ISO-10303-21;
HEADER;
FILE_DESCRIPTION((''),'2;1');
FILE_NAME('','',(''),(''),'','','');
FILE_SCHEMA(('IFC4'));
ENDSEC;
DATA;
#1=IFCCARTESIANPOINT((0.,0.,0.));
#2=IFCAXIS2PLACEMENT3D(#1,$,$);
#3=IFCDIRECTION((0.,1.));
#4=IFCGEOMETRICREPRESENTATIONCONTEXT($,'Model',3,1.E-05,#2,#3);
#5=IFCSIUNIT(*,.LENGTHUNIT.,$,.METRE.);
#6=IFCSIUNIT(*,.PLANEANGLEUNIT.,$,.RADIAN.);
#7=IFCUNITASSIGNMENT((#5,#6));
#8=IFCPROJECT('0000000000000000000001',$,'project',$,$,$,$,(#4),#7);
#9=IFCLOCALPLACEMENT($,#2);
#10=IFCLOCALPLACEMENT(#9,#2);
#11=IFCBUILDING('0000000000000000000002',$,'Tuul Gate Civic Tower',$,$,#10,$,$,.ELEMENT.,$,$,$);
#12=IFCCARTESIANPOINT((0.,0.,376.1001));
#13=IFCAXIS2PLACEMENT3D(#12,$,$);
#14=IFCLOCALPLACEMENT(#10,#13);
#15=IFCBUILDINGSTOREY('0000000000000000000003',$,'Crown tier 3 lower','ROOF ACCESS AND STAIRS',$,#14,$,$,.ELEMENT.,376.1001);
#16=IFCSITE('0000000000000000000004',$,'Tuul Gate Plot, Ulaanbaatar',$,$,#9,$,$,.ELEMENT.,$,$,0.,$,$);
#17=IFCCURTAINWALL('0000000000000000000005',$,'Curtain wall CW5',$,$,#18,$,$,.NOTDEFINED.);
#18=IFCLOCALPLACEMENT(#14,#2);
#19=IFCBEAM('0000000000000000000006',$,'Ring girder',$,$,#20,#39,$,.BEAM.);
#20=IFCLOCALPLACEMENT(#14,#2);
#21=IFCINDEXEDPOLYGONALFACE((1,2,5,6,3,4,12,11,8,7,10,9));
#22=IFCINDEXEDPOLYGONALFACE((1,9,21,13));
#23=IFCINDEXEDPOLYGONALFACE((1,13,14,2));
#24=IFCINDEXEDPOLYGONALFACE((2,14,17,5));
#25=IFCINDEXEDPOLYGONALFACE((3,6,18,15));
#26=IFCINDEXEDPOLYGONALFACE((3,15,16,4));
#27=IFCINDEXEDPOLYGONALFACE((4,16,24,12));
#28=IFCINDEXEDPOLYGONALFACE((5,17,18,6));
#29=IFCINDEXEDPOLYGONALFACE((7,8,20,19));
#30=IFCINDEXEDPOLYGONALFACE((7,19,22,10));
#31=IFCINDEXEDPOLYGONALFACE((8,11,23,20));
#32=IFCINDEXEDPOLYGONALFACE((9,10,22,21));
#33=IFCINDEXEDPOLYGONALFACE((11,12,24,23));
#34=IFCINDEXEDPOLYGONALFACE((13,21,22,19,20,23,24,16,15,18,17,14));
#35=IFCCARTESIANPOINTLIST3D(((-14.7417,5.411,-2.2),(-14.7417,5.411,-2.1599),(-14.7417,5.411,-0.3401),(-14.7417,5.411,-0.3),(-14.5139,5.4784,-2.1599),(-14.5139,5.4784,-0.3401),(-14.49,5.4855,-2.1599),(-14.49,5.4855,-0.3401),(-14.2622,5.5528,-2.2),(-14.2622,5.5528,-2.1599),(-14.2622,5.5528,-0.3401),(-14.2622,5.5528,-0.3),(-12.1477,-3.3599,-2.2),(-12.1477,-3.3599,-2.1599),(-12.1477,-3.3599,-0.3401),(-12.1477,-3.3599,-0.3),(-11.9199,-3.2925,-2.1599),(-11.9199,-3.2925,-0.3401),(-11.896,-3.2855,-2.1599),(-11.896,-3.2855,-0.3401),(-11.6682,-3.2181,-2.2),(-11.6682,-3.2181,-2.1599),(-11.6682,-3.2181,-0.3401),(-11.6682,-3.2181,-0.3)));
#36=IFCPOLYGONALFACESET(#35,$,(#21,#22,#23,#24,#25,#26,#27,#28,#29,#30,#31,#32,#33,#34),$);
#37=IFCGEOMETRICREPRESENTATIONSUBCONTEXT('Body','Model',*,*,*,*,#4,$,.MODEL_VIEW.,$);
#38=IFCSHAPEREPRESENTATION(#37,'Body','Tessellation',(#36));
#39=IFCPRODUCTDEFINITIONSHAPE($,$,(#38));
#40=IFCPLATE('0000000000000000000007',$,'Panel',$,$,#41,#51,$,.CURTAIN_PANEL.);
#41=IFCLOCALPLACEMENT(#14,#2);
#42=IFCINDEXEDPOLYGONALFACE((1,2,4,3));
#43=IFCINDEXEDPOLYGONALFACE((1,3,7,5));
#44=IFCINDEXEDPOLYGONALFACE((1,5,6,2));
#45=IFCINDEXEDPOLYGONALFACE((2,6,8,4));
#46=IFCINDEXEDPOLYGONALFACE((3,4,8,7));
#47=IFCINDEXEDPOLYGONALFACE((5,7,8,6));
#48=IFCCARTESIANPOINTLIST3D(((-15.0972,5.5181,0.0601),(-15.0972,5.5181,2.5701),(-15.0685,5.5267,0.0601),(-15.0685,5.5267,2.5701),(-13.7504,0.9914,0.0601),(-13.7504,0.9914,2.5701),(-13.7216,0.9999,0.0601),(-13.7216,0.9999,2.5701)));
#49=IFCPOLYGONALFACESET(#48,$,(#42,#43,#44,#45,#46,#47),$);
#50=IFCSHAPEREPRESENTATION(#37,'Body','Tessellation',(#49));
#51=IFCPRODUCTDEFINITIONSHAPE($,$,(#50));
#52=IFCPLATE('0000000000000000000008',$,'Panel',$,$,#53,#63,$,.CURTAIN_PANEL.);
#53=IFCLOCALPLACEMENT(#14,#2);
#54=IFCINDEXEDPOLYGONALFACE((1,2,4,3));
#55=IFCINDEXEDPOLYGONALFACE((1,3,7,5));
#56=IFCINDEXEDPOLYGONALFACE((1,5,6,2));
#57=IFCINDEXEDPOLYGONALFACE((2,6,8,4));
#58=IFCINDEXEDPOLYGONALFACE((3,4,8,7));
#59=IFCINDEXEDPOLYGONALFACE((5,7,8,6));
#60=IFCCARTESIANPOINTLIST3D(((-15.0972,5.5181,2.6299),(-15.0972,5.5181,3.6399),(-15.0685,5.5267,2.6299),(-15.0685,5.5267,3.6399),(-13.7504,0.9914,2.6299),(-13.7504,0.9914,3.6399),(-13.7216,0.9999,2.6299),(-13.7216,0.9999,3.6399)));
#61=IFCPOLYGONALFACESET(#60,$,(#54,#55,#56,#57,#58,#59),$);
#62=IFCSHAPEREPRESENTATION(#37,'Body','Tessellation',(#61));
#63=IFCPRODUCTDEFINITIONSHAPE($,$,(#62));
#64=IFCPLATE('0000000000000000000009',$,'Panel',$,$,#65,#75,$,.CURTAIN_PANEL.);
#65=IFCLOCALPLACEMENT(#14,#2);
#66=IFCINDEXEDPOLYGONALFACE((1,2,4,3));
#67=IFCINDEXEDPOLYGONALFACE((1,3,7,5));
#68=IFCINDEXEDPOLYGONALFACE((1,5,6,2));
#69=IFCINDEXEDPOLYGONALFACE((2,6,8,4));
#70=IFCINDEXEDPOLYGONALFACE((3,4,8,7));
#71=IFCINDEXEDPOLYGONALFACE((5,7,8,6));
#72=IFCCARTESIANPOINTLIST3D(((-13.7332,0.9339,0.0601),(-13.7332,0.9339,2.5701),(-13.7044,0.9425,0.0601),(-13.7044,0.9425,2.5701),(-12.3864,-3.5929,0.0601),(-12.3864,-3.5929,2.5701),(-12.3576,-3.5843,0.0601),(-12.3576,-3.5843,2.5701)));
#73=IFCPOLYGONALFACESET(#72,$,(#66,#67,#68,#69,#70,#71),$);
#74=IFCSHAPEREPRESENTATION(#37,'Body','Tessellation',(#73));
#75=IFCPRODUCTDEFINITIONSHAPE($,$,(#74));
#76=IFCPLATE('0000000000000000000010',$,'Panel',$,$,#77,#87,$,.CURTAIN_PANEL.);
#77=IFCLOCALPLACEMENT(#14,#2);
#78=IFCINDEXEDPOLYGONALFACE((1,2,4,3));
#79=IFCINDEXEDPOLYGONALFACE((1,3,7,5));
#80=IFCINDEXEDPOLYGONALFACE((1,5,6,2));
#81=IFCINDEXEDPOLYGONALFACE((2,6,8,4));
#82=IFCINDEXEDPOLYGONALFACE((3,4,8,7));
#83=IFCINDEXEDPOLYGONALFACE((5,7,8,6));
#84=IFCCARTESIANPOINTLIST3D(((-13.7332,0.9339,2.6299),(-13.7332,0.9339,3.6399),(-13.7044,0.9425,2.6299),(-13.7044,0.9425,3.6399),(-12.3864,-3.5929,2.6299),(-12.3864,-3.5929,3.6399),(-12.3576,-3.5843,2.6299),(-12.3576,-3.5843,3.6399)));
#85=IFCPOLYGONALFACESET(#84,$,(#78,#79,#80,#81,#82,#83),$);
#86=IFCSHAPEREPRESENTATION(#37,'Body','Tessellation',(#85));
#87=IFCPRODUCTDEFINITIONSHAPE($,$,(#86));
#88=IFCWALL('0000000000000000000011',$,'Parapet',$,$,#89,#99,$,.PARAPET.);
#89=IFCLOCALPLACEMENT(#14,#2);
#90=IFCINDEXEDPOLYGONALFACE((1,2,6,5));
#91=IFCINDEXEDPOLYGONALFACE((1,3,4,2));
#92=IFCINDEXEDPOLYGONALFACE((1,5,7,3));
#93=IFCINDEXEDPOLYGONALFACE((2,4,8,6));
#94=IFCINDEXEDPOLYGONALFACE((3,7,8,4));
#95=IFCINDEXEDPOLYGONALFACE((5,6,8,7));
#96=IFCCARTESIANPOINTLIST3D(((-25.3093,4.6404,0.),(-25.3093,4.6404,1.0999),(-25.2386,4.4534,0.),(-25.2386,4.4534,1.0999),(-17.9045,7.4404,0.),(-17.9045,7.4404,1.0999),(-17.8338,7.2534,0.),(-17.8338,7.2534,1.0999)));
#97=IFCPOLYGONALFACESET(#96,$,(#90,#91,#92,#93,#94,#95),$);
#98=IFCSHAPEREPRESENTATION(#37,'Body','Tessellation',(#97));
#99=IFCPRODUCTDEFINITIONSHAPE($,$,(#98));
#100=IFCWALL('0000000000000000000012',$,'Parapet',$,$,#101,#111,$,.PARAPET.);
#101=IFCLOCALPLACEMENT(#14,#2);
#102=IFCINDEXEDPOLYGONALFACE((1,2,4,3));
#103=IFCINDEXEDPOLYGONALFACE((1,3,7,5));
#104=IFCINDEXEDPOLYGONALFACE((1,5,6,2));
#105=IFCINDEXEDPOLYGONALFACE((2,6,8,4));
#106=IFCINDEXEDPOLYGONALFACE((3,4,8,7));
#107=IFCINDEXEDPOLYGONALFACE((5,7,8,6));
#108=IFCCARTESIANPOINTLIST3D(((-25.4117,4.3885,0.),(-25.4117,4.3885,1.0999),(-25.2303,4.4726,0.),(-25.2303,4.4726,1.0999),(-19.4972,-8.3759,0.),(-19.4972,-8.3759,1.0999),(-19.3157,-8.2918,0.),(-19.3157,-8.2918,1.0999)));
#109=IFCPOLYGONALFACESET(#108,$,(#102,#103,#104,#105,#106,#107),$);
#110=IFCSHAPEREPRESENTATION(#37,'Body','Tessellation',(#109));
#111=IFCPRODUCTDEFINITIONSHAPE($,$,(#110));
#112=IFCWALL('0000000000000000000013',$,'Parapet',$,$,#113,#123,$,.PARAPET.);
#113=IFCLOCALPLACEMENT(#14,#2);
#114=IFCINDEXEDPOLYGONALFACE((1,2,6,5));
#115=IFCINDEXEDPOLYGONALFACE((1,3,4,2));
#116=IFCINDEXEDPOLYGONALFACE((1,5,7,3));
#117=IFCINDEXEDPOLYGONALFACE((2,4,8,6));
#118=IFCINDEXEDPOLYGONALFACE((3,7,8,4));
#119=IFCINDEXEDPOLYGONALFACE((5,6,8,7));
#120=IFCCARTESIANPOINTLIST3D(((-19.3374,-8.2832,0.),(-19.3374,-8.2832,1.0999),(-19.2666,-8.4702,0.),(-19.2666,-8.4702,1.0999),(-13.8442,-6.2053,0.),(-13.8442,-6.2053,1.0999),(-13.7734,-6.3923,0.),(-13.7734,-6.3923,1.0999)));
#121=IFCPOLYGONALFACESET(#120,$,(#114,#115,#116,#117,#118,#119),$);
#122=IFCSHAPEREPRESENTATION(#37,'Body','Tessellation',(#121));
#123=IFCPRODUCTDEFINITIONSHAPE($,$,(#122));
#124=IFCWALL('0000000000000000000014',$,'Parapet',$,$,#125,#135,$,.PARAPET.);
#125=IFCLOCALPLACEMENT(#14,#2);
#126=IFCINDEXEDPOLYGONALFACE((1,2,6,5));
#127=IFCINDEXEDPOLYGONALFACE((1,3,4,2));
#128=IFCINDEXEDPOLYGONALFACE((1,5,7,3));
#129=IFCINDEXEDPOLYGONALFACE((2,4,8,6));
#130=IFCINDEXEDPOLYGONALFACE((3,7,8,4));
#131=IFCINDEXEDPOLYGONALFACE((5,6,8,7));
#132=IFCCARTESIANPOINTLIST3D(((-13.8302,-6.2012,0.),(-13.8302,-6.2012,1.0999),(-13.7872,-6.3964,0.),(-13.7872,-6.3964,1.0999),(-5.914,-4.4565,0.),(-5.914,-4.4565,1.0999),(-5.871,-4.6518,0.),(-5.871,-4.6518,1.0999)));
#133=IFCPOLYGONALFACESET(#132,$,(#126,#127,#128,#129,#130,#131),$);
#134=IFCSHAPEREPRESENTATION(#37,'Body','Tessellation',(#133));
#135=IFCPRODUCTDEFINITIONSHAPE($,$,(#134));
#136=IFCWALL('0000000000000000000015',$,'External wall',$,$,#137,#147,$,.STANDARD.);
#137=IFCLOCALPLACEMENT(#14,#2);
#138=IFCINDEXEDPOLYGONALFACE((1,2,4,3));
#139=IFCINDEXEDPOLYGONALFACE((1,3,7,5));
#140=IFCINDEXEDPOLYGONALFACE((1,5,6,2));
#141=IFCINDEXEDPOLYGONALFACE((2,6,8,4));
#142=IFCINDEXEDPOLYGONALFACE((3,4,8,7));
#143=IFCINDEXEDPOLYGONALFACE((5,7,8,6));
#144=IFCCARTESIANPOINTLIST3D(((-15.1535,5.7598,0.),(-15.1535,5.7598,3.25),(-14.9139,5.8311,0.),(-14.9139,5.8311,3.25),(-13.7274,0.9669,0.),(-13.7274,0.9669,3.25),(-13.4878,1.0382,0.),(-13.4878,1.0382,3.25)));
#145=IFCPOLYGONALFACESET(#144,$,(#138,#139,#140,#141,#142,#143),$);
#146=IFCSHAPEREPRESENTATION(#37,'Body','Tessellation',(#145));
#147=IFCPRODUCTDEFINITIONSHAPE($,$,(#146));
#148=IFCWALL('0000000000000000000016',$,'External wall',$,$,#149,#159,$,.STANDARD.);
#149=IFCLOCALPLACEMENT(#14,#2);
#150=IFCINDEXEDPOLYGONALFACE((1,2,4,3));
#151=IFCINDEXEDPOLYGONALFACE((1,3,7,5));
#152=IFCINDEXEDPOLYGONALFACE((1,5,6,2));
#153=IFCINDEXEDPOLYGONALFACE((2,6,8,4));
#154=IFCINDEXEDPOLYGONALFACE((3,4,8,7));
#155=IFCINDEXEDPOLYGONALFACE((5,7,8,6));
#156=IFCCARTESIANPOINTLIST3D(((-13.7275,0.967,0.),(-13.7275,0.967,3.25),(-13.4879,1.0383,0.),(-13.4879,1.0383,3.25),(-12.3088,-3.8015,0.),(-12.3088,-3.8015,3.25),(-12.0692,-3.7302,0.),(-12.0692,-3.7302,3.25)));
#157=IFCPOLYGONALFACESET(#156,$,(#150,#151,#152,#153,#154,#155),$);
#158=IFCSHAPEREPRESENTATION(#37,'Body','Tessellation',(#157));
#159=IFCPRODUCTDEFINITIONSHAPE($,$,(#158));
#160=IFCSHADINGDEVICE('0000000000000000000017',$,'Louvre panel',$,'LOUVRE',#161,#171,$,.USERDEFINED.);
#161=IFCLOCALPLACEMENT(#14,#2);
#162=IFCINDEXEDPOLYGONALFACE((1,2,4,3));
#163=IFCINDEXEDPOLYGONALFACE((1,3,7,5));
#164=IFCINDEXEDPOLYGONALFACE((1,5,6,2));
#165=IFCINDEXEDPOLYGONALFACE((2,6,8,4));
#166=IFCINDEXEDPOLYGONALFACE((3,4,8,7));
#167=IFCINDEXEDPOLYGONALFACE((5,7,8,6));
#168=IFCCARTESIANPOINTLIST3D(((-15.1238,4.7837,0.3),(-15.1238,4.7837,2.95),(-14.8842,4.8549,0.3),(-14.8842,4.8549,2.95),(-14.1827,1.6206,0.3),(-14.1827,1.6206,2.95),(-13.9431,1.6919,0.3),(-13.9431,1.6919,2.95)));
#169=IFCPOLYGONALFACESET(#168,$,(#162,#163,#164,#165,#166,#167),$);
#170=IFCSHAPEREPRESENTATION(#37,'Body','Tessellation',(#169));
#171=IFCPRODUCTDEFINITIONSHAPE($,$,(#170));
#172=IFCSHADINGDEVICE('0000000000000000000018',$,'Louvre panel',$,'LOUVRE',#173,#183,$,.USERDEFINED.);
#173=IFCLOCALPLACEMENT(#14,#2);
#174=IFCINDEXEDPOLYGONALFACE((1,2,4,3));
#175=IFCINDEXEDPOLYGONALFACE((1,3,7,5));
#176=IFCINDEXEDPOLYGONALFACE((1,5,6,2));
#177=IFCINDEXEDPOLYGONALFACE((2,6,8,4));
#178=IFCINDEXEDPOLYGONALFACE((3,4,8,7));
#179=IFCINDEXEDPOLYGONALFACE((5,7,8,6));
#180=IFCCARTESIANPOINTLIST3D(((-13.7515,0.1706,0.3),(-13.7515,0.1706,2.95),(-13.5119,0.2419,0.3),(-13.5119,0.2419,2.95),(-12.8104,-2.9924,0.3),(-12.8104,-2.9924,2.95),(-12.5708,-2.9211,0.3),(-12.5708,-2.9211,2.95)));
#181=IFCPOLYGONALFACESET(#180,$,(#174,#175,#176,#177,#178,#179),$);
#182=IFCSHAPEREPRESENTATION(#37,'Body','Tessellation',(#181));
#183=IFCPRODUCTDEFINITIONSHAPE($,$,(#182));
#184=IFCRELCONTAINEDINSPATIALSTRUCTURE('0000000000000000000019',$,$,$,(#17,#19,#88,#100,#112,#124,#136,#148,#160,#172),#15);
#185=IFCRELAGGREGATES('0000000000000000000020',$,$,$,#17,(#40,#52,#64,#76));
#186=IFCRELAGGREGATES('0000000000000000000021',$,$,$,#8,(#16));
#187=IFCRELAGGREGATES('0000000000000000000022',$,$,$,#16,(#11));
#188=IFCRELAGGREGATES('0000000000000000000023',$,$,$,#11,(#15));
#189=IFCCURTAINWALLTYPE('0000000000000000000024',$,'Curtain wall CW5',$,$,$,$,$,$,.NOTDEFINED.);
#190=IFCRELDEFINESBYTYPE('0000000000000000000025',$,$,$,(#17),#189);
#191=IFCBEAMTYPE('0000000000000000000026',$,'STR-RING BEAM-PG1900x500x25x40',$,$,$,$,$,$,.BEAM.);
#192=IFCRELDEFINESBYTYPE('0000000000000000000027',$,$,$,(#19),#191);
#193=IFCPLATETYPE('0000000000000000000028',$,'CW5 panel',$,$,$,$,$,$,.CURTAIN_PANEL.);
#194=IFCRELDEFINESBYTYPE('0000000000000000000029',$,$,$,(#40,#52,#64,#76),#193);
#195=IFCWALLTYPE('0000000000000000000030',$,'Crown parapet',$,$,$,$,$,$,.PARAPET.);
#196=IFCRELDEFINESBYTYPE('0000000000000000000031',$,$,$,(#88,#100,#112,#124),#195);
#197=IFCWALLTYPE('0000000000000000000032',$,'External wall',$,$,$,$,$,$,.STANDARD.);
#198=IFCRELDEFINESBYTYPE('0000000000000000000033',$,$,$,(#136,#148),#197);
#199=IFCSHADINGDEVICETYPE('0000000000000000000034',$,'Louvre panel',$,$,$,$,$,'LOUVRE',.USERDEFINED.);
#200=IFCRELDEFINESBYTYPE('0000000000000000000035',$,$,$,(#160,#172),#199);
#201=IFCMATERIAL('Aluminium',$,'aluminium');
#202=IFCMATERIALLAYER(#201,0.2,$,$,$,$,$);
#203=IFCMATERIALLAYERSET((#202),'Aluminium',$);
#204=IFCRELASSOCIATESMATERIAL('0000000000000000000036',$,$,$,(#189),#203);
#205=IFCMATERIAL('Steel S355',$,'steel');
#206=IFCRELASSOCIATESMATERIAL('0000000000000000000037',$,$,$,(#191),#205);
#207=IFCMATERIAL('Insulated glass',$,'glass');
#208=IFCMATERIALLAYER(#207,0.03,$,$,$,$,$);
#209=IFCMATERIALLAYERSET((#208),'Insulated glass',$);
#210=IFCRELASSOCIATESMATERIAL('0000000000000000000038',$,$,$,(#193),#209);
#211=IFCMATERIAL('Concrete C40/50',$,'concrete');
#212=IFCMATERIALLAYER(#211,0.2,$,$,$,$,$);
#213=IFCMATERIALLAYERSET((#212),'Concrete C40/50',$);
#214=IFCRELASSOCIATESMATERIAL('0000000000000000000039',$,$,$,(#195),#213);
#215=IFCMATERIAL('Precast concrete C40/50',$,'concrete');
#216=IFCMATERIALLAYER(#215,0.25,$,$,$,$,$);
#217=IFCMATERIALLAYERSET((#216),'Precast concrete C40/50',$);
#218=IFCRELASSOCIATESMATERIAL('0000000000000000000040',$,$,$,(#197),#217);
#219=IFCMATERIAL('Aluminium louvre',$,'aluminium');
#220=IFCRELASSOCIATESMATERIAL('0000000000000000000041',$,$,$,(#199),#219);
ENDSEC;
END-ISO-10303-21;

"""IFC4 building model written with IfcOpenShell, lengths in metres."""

from ifc_helpers import new_model, si_unit, direction, frame, frame_2d, origin, origin_2d, place, context, subcontext, project, spatial, rectangle, i_section, extrude, material, layer, layer_set, material_profile, profile_set, type_object, element, aggregate, save


model = new_model("IFC4")

# Units and contexts
model_context = context("Model", 3, precision=1e-05, world=origin(), true_north=direction((0.0, 1.0)))
body_context = subcontext(model_context, "Body", "Model", "MODEL_VIEW")
ifc_project = project(units=[si_unit("LENGTHUNIT", "METRE"), si_unit("PLANEANGLEUNIT", "RADIAN")], contexts=[model_context])

# Site, building, storey
site_placement = place(None, origin())
site = spatial("IfcSite", under=ifc_project, at=site_placement, Name="Tuul Gate Plot, Ulaanbaatar", CompositionType="ELEMENT", RefElevation=0.0)
building_placement = place(site_placement, origin())
building = spatial("IfcBuilding", under=site, at=building_placement, Name="Tuul Gate Civic Tower", CompositionType="ELEMENT")
storey_placement = place(building_placement, frame((0.0, 0.0, 376.1001)))
storey = spatial("IfcBuildingStorey", under=building, at=storey_placement, Name="Crown tier 3 lower", Description="ROOF ACCESS AND STAIRS", CompositionType="ELEMENT", Elevation=376.1001)

# Shared definitions
ifc_material_1 = material(Name="Aluminium", Category="aluminium")
ifc_layer_1 = layer(ifc_material_1, 0.2)
ifc_layer_set_1 = layer_set([ifc_layer_1], Name="Aluminium")
curtain_wall_type = type_object("IfcCurtainWallType", Name="Curtain wall CW5", PredefinedType="NOTDEFINED", material=ifc_layer_set_1)

# Curtain wall
curtain_wall_1_placement = place(storey_placement, origin())
curtain_wall_1 = element("IfcCurtainWall", 1, at=curtain_wall_1_placement, inside=storey, type_object=curtain_wall_type, Name="Curtain wall CW5", PredefinedType="NOTDEFINED")

# Beam
ifc_material_2 = material(Name="Steel S355", Category="steel")
ifc_material_profile_1 = material_profile(ifc_material_2, i_section(OverallWidth=0.5, OverallDepth=1.8999, WebThickness=0.0249, FlangeThickness=0.04, at=origin_2d()), Name="PG1900x500x25x40")
ifc_profile_set_1 = profile_set([ifc_material_profile_1], Name="Steel S355")
beam_type_1 = type_object("IfcBeamType", Name="STR-RING BEAM-PG1900x500x25x40", PredefinedType="BEAM", material=ifc_profile_set_1)
beam_1_placement = place(storey_placement, frame((-14.502, 5.4819, -1.25), z_axis=(0.283604, -0.958942, 0.0), x_axis=(0.958942, 0.283604, 0.0)))
element("IfcBeam", 2, at=beam_1_placement, inside=storey, type_object=beam_type_1, Name="Ring girder", PredefinedType="BEAM", context=body_context, shape_type="SweptSolid", body=[
    extrude(i_section(OverallWidth=0.5, OverallDepth=1.8999, WebThickness=0.0249, FlangeThickness=0.04, at=origin_2d()), origin(), (0.0, 0.0, 1.0), 9.1465),
])

# Plates
ifc_material_3 = material(Name="Insulated glass", Category="glass")
ifc_layer_2 = layer(ifc_material_3, 0.03)
ifc_layer_set_2 = layer_set([ifc_layer_2], Name="Insulated glass")
plate_type = type_object("IfcPlateType", Name="CW5 panel", PredefinedType="CURTAIN_PANEL", material=ifc_layer_set_2)
plate_1_placement = place(storey_placement, frame((-14.4094, 3.259, 0.0601), z_axis=(0.0, 0.0, 1.0), x_axis=(0.285174, -0.958476, 0.0)))
plate_1 = element("IfcPlate", 3, at=plate_1_placement, type_object=plate_type, Name="Panel", PredefinedType="CURTAIN_PANEL", context=body_context, shape_type="SweptSolid", body=[
    extrude(rectangle(XDim=4.7229, YDim=0.03, at=origin_2d()), origin(), (0.0, 0.0, 1.0), 2.51),
])
plate_2_placement = place(storey_placement, frame((-14.4094, 3.259, 2.6299), z_axis=(0.0, 0.0, 1.0), x_axis=(0.285174, -0.958476, 0.0)))
plate_2 = element("IfcPlate", 4, at=plate_2_placement, type_object=plate_type, Name="Panel", PredefinedType="CURTAIN_PANEL", context=body_context, shape_type="SweptSolid", body=[
    extrude(rectangle(XDim=4.7229, YDim=0.03, at=origin_2d()), origin(), (0.0, 0.0, 1.0), 1.01),
])
plate_3_placement = place(storey_placement, frame((-13.0454, -1.3252, 0.0601), z_axis=(0.0, 0.0, 1.0), x_axis=(0.285174, -0.958476, 0.0)))
plate_3 = element("IfcPlate", 5, at=plate_3_placement, type_object=plate_type, Name="Panel", PredefinedType="CURTAIN_PANEL", context=body_context, shape_type="SweptSolid", body=[
    extrude(rectangle(XDim=4.7229, YDim=0.03, at=origin_2d()), origin(), (0.0, 0.0, 1.0), 2.51),
])
plate_4_placement = place(storey_placement, frame((-13.0454, -1.3252, 2.6299), z_axis=(0.0, 0.0, 1.0), x_axis=(0.285174, -0.958476, 0.0)))
plate_4 = element("IfcPlate", 6, at=plate_4_placement, type_object=plate_type, Name="Panel", PredefinedType="CURTAIN_PANEL", context=body_context, shape_type="SweptSolid", body=[
    extrude(rectangle(XDim=4.7229, YDim=0.03, at=origin_2d()), origin(), (0.0, 0.0, 1.0), 1.01),
])
aggregate(curtain_wall_1, [plate_1, plate_2, plate_3, plate_4])

# Walls
ifc_material_4 = material(Name="Concrete C40/50", Category="concrete")
ifc_layer_3 = layer(ifc_material_4, 0.2)
ifc_layer_set_3 = layer_set([ifc_layer_3], Name="Concrete C40/50")
wall_type_1 = type_object("IfcWallType", Name="Crown parapet", PredefinedType="PARAPET", material=ifc_layer_set_3)
wall_1_placement = place(storey_placement, frame((-17.8691, 7.3469, 0.0), z_axis=(0.0, 0.0, 1.0), x_axis=(-0.93536, -0.353697, 0.0)))
element("IfcWall", 7, at=wall_1_placement, inside=storey, type_object=wall_type_1, Name="Parapet", PredefinedType="PARAPET", context=body_context, shape_type="SweptSolid", body=[
    extrude(rectangle(XDim=7.9165, YDim=0.2, at=frame_2d((3.9583, 0.0))), origin(), (0.0, 0.0, 1.0), 1.0999),
])
wall_2_placement = place(storey_placement, frame((-25.321, 4.4307, 0.0), z_axis=(0.0, 0.0, 1.0), x_axis=(0.420422, -0.907329, 0.0)))
element("IfcWall", 8, at=wall_2_placement, inside=storey, type_object=wall_type_1, Name="Parapet", PredefinedType="PARAPET", context=body_context, shape_type="SweptSolid", body=[
    extrude(rectangle(XDim=14.0681, YDim=0.2, at=frame_2d((7.0342, 0.0))), origin(), (0.0, 0.0, 1.0), 1.0999),
])
wall_3_placement = place(storey_placement, frame((-19.302, -8.3767, 0.0), z_axis=(0.0, 0.0, 1.0), x_axis=(0.935321, 0.353801, 0.0)))
element("IfcWall", 9, at=wall_3_placement, inside=storey, type_object=wall_type_1, Name="Parapet", PredefinedType="PARAPET", context=body_context, shape_type="SweptSolid", body=[
    extrude(rectangle(XDim=5.873, YDim=0.2, at=frame_2d((2.9365, 0.0))), origin(), (0.0, 0.0, 1.0), 1.0999),
])
wall_4_placement = place(storey_placement, frame((-13.8088, -6.2988, 0.0), z_axis=(0.0, 0.0, 1.0), x_axis=(0.976565, 0.215221, 0.0)))
element("IfcWall", 10, at=wall_4_placement, inside=storey, type_object=wall_type_1, Name="Parapet", PredefinedType="PARAPET", context=body_context, shape_type="SweptSolid", body=[
    extrude(rectangle(XDim=8.1062, YDim=0.2, at=frame_2d((4.0532, 0.0))), origin(), (0.0, 0.0, 1.0), 1.0999),
])
ifc_material_5 = material(Name="Precast concrete C40/50", Category="concrete")
ifc_layer_4 = layer(ifc_material_5, 0.25)
ifc_layer_set_4 = layer_set([ifc_layer_4], Name="Precast concrete C40/50")
wall_type_2 = type_object("IfcWallType", Name="External wall", PredefinedType="STANDARD", material=ifc_layer_set_4)
wall_5_placement = place(storey_placement, frame((-15.0337, 5.7954, 0.0), z_axis=(0.0, 0.0, 1.0), x_axis=(0.285184, -0.958473, 0.0)))
element("IfcWall", 11, at=wall_5_placement, inside=storey, type_object=wall_type_2, Name="External wall", PredefinedType="STANDARD", context=body_context, shape_type="SweptSolid", body=[
    extrude(rectangle(XDim=5.0005, YDim=0.25, at=frame_2d((2.5002, 0.0))), origin(), (0.0, 0.0, 1.0), 3.25),
])
wall_6_placement = place(storey_placement, frame((-13.6077, 1.0027, 0.0), z_axis=(0.0, 0.0, 1.0), x_axis=(0.285159, -0.95848, 0.0)))
element("IfcWall", 12, at=wall_6_placement, inside=storey, type_object=wall_type_2, Name="External wall", PredefinedType="STANDARD", context=body_context, shape_type="SweptSolid", body=[
    extrude(rectangle(XDim=4.9751, YDim=0.25, at=frame_2d((2.4875, 0.0))), origin(), (0.0, 0.0, 1.0), 3.25),
])

# Shading devices
ifc_material_6 = material(Name="Aluminium louvre", Category="aluminium")
shading_device_type = type_object("IfcShadingDeviceType", Name="Louvre panel", ElementType="LOUVRE", PredefinedType="USERDEFINED", material=ifc_material_6)
for number, where, z_axis, x_axis, name in (
    (13, (-14.5334, 3.2378, 0.3), (0.0, 0.0, 1.0), (-0.958476, -0.285174, 0.0), "Louvre panel"),
    (14, (-13.1611, -1.3752, 0.3), (0.0, 0.0, 1.0), (-0.958476, -0.285174, 0.0), "Louvre panel"),
):
    element("IfcShadingDevice", number, at=place(storey_placement, frame(where, z_axis=z_axis, x_axis=x_axis)), inside=storey, type_object=shading_device_type, Name=name, ObjectType="LOUVRE", PredefinedType="USERDEFINED", context=body_context, shape_type="SweptSolid", body=[
        extrude(rectangle(XDim=0.25, YDim=3.3, at=origin_2d()), origin(), (0.0, 0.0, 1.0), 2.6499),
    ])

save(model, "model.ifc")
